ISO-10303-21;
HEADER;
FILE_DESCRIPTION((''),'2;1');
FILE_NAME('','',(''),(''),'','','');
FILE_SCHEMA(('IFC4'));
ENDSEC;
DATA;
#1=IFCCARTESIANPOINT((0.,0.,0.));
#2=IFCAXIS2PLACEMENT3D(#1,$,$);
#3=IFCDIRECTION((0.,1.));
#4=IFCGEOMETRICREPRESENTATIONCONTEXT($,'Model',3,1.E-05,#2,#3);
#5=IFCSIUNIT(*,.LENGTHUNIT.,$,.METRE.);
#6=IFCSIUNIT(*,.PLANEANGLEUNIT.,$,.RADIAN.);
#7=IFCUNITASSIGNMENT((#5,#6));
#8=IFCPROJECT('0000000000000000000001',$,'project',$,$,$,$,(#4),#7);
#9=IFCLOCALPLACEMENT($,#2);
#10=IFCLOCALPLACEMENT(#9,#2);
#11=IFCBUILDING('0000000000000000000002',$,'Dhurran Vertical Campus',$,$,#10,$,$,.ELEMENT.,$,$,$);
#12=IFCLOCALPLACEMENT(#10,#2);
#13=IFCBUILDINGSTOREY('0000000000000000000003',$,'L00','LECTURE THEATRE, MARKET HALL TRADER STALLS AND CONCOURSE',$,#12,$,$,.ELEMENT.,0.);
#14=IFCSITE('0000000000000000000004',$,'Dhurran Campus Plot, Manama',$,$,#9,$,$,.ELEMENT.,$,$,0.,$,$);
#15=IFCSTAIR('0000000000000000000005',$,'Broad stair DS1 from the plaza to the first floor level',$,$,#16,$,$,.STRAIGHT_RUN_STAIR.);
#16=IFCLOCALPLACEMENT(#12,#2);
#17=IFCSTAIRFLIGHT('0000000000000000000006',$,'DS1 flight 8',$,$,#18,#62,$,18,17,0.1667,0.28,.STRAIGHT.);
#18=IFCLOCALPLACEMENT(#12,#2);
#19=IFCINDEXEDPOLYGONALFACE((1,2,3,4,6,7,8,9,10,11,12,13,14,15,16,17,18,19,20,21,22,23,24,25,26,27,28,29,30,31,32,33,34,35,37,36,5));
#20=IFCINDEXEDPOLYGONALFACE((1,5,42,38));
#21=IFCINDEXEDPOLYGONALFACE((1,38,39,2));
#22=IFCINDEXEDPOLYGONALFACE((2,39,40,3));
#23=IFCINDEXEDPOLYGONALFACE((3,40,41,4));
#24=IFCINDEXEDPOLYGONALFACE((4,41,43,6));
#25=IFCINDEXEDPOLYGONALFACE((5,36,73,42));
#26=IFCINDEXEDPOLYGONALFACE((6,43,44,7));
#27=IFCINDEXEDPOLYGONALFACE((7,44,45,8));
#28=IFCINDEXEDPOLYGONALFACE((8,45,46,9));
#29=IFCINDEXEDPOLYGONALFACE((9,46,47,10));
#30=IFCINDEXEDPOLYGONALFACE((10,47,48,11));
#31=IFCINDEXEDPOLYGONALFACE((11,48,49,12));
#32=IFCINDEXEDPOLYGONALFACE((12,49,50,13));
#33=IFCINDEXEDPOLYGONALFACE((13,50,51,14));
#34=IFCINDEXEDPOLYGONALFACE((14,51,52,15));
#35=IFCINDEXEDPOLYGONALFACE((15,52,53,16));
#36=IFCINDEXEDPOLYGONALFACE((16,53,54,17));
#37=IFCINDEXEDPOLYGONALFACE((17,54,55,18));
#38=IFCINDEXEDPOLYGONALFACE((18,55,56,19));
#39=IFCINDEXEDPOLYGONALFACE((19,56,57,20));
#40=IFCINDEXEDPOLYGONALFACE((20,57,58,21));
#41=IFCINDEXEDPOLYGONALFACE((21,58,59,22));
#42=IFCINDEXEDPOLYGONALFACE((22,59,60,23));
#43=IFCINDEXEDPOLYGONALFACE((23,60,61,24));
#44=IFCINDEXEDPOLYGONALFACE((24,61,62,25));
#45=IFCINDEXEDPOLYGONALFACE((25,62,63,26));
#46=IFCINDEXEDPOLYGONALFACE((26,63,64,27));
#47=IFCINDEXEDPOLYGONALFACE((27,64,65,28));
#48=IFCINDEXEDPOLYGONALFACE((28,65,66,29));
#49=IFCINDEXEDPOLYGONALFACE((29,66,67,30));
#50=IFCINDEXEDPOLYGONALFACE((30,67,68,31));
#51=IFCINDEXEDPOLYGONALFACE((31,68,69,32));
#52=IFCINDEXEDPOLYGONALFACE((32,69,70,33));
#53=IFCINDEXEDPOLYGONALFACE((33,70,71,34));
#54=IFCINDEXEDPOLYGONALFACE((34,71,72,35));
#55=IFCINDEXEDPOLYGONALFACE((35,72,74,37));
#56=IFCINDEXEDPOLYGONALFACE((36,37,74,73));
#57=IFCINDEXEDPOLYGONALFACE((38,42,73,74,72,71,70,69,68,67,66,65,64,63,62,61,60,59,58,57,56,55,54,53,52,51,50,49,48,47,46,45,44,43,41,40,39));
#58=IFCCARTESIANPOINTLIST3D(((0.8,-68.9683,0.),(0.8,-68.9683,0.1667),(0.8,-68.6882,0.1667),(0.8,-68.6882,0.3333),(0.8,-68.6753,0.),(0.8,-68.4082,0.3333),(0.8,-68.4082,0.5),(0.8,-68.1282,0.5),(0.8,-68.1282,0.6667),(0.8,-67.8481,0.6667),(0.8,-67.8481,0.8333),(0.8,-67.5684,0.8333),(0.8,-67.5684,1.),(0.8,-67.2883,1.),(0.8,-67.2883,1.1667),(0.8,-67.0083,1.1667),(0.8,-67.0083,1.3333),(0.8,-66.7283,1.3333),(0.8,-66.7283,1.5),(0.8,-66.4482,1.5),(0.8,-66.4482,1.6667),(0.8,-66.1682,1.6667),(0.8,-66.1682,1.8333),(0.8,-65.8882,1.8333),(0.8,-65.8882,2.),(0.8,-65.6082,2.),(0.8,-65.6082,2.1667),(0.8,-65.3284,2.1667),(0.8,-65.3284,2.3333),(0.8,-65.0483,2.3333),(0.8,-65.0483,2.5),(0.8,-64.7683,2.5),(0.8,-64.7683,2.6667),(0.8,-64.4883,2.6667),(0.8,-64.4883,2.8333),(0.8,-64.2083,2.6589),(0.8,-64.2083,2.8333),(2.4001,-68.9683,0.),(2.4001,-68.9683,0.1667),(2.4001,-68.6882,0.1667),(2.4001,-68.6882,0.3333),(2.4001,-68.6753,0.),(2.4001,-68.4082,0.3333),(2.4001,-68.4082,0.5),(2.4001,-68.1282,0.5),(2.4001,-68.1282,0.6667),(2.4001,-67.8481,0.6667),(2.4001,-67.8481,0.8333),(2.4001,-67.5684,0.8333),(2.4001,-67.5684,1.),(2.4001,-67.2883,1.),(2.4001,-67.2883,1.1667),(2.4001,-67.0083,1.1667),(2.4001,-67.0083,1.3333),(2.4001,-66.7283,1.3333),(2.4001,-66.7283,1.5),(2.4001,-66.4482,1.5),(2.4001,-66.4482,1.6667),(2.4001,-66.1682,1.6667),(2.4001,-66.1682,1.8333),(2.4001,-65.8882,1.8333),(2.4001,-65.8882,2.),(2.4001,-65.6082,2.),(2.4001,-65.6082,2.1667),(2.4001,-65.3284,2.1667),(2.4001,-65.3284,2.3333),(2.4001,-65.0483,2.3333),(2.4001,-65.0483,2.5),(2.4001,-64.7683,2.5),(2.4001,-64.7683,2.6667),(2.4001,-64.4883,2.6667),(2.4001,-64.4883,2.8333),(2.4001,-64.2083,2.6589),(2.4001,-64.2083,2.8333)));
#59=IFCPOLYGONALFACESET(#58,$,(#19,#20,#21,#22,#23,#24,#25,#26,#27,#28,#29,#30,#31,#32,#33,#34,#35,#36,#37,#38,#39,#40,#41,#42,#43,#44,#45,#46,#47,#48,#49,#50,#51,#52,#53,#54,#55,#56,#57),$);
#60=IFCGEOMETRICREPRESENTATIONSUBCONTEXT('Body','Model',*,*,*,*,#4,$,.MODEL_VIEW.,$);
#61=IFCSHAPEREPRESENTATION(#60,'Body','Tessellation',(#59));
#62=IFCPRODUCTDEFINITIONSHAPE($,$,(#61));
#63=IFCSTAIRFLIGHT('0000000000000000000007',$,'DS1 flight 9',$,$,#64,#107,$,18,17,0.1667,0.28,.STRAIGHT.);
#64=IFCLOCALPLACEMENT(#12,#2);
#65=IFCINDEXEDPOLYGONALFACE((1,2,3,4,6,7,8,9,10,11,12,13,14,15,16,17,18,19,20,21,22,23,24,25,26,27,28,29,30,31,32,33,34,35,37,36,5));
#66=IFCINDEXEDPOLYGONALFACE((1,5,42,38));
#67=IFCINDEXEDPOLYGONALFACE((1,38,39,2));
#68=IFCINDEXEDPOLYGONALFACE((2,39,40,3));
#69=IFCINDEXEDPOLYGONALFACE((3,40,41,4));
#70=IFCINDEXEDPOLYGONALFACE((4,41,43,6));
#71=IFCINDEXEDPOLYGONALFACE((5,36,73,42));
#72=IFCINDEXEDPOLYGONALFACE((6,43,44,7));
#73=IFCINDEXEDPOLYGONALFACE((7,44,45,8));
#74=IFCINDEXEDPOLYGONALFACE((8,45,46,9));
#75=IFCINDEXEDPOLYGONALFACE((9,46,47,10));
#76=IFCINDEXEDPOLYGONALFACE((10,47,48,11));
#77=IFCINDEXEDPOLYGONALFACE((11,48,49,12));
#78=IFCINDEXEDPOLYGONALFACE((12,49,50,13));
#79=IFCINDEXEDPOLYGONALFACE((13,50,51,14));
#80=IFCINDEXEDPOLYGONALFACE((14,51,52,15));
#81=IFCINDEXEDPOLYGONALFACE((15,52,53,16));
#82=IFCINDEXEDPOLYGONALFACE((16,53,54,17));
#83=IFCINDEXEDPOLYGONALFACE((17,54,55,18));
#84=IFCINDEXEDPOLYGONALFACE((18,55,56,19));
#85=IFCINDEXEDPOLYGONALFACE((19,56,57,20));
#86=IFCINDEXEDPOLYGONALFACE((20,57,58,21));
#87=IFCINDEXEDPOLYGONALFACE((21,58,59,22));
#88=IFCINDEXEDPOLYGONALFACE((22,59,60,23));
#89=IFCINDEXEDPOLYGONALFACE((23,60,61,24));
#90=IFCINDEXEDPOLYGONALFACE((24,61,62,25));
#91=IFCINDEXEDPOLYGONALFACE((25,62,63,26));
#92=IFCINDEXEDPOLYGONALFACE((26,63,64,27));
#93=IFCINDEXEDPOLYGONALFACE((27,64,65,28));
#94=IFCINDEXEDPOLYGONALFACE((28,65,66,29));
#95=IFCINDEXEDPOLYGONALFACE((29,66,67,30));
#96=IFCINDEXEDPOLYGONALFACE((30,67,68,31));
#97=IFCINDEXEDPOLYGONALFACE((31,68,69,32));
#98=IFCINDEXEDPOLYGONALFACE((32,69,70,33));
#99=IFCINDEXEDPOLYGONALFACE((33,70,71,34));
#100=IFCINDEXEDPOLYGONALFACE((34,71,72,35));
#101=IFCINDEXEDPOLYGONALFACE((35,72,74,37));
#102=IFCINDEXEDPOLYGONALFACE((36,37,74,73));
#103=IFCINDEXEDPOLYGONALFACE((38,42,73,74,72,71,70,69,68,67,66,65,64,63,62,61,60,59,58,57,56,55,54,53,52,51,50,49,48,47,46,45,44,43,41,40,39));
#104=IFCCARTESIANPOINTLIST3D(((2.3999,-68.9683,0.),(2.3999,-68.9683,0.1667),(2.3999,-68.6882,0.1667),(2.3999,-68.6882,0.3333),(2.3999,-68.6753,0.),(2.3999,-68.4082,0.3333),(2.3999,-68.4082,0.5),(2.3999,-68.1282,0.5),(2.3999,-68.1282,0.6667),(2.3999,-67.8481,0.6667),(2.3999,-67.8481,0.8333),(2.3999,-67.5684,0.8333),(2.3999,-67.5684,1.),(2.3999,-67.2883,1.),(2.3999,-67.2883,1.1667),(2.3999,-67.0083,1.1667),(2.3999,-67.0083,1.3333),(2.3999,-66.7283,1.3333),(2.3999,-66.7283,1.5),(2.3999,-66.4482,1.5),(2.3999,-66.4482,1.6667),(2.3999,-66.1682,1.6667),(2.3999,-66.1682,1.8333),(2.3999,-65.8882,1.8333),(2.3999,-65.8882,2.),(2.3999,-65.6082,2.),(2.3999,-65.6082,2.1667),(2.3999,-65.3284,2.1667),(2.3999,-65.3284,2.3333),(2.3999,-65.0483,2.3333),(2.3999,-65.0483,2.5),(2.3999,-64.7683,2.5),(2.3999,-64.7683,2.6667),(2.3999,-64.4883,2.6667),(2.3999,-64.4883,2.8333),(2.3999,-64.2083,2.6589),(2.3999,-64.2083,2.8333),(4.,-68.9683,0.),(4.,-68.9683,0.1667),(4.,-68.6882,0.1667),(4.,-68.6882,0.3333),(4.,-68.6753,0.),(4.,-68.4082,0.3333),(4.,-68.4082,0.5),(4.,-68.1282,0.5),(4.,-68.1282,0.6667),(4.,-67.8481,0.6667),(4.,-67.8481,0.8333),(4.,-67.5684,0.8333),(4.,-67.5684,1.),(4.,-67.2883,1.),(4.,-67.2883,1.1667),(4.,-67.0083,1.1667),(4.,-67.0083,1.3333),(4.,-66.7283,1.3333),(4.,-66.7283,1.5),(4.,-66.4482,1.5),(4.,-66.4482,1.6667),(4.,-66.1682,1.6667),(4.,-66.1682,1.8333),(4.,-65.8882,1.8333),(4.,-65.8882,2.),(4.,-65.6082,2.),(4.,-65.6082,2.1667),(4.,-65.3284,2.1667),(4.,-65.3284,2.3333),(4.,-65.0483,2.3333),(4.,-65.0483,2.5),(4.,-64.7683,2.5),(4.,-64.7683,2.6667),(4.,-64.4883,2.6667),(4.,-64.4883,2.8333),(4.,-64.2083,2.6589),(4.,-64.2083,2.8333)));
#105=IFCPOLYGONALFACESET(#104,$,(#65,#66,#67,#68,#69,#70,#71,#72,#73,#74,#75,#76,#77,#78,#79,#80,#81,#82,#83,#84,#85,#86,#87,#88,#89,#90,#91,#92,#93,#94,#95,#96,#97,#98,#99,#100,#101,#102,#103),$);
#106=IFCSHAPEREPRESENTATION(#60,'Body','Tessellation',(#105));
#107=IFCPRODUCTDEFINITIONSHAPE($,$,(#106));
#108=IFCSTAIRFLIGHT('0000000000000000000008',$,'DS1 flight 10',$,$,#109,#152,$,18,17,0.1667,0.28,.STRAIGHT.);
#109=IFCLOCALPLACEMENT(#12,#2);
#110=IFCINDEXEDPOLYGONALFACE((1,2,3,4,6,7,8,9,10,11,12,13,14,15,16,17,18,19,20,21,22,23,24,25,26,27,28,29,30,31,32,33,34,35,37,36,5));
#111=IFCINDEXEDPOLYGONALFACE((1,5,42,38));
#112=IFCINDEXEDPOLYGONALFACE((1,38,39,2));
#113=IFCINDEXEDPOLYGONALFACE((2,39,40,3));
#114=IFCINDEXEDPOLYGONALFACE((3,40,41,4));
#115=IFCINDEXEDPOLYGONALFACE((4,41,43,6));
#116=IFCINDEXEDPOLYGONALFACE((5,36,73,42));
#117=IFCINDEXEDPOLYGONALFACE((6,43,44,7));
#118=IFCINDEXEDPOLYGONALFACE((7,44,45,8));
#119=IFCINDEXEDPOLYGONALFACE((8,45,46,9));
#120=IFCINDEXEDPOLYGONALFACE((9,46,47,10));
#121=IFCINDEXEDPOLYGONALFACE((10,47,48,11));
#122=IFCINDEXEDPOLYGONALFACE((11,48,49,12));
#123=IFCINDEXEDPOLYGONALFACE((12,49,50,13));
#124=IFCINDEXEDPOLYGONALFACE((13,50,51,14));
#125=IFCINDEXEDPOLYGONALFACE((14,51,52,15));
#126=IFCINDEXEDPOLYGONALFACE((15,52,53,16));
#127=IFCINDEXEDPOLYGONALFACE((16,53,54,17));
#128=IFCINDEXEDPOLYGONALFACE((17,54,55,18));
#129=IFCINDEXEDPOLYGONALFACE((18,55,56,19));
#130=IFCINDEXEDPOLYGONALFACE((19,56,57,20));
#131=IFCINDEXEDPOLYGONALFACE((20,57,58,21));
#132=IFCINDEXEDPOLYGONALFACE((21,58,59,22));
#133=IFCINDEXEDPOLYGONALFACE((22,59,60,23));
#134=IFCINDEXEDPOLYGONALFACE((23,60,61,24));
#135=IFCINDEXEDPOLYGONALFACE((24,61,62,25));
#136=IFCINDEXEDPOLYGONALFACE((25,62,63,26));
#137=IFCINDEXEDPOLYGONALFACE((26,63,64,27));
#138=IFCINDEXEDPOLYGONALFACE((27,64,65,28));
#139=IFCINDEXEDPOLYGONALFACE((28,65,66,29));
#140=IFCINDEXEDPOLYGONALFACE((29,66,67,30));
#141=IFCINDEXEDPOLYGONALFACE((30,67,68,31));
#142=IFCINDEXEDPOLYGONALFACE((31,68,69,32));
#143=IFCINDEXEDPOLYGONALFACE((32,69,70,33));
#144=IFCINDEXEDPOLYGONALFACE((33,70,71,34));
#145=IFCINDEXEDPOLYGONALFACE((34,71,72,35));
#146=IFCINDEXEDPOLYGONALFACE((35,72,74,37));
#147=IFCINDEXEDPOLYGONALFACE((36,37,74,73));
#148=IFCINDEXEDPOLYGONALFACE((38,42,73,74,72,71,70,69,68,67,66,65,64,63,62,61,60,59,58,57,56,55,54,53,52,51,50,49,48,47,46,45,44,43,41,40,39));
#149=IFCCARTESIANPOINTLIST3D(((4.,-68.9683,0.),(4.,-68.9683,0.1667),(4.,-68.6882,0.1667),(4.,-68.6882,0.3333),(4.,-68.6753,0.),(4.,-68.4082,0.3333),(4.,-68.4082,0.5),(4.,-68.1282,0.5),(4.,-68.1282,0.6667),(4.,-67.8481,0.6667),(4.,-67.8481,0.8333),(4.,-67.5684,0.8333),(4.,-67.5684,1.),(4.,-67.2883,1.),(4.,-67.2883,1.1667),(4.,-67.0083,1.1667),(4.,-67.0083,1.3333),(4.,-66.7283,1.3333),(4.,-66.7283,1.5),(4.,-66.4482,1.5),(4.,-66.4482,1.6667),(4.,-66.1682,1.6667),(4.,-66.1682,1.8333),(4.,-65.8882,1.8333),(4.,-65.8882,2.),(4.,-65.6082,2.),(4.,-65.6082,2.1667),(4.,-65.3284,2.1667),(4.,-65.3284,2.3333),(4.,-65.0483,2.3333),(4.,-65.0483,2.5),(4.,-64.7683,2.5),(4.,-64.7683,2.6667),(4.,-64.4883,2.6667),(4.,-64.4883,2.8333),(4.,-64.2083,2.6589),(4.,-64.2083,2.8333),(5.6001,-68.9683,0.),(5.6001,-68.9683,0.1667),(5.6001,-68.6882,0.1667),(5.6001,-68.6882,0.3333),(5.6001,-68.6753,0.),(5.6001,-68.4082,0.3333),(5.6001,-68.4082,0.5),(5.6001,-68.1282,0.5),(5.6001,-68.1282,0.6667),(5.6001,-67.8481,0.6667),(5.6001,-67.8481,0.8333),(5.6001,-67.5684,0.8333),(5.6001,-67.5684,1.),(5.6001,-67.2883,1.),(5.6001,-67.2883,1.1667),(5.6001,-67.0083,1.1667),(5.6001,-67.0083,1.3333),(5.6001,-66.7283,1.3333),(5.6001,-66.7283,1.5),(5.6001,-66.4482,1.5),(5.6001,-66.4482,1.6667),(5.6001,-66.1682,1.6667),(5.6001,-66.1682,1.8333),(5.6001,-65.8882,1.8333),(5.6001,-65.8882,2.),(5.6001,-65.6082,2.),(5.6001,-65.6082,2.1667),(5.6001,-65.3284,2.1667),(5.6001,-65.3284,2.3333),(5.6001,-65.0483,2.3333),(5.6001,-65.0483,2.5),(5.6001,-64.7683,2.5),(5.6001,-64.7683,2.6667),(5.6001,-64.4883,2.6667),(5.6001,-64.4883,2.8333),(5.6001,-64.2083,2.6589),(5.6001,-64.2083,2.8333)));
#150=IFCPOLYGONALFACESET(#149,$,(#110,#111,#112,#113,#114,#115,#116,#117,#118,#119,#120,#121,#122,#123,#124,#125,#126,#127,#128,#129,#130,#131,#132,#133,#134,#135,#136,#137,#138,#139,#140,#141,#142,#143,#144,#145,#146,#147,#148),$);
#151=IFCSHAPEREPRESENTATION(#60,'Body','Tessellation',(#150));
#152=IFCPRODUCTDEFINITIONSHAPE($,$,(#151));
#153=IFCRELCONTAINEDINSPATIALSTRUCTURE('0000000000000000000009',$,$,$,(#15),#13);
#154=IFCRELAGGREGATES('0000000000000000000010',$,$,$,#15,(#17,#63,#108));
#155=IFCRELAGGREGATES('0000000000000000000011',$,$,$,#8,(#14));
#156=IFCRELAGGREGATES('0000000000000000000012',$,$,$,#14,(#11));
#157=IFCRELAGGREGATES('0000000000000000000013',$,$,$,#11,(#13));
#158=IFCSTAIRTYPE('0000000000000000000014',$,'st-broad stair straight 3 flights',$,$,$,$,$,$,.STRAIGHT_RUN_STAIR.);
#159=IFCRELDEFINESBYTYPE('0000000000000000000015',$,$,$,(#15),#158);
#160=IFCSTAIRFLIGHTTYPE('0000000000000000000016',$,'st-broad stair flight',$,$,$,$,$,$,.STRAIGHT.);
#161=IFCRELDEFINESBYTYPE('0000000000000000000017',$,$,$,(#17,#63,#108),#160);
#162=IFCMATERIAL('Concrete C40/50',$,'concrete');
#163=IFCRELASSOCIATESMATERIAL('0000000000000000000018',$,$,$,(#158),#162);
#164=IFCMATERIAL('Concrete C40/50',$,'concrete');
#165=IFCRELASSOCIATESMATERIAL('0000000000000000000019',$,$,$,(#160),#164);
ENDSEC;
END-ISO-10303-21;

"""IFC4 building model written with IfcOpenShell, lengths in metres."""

from ifc_helpers import new_model, si_unit, direction, frame, origin, place, context, subcontext, project, spatial, polyline, outline, extrude, material, type_object, element, aggregate, save


model = new_model("IFC4")

# Units and contexts
model_context = context("Model", 3, precision=1e-05, world=origin(), true_north=direction((0.0, 1.0)))
body_context = subcontext(model_context, "Body", "Model", "MODEL_VIEW")
ifc_project = project(units=[si_unit("LENGTHUNIT", "METRE"), si_unit("PLANEANGLEUNIT", "RADIAN")], contexts=[model_context])

# Site, building, storey
site_placement = place(None, origin())
site = spatial("IfcSite", under=ifc_project, at=site_placement, Name="Dhurran Campus Plot, Manama", CompositionType="ELEMENT", RefElevation=0.0)
building_placement = place(site_placement, origin())
building = spatial("IfcBuilding", under=site, at=building_placement, Name="Dhurran Vertical Campus", CompositionType="ELEMENT")
storey_placement = place(building_placement, origin())
storey = spatial("IfcBuildingStorey", under=building, at=storey_placement, Name="L00", Description="LECTURE THEATRE, MARKET HALL TRADER STALLS AND CONCOURSE", CompositionType="ELEMENT", Elevation=0.0)

# Stair, stair flights
ifc_material_1 = material(Name="Concrete C40/50", Category="concrete")
stair_type = type_object("IfcStairType", Name="st-broad stair straight 3 flights", PredefinedType="STRAIGHT_RUN_STAIR", material=ifc_material_1)
stair_placement = place(storey_placement, origin())
stair = element("IfcStair", 1, at=stair_placement, inside=storey, type_object=stair_type, Name="Broad stair DS1 from the plaza to the first floor level", PredefinedType="STRAIGHT_RUN_STAIR")
ifc_material_2 = material(Name="Concrete C40/50", Category="concrete")
stair_flight_type = type_object("IfcStairFlightType", Name="st-broad stair flight", PredefinedType="STRAIGHT", material=ifc_material_2)
stair_flight_1_placement = place(storey_placement, frame((1.6001, -68.9683, 0.0), z_axis=(0.0, 0.0, 1.0), x_axis=(0.0, 1.0, 0.0)))
stair_flight_1 = element("IfcStairFlight", 2, at=stair_flight_1_placement, type_object=stair_flight_type, Name="DS1 flight 8", NumberOfRisers=18, NumberOfTreads=17, PredefinedType="STRAIGHT", RiserHeight=0.1667, TreadLength=0.28, context=body_context, shape_type="SweptSolid", body=[
    extrude(outline(polyline([(0.0, 0.0), (0.0, 0.1667), (0.28, 0.1667), (0.28, 0.3333), (0.5601, 0.3333), (0.5601, 0.5), (0.8401, 0.5), (0.8401, 0.6667), (1.1201, 0.6667), (1.1201, 0.8333), (1.3999, 0.8333), (1.3999, 1.0), (1.6799, 1.0), (1.6799, 1.1667), (1.96, 1.1667), (1.96, 1.3333), (2.24, 1.3333), (2.24, 1.5), (2.52, 1.5), (2.52, 1.6667), (2.8, 1.6667), (2.8, 1.8333), (3.0801, 1.8333), (3.0801, 2.0), (3.3601, 2.0), (3.3601, 2.1667), (3.6399, 2.1667), (3.6399, 2.3333), (3.9199, 2.3333), (3.9199, 2.5), (4.2, 2.5), (4.2, 2.6667), (4.48, 2.6667), (4.48, 2.8333), (4.76, 2.8333), (4.76, 3.0), (4.76, 2.6589), (0.293, 0.0), (0.0, 0.0)])), frame((0.0, 0.8, 0.0), z_axis=(0.0, -1.0, 0.0), x_axis=(1.0, 0.0, 0.0)), (0.0, 0.0, 1.0), 1.6001),
])
stair_flight_2_placement = place(storey_placement, frame((3.2, -68.9683, 0.0), z_axis=(0.0, 0.0, 1.0), x_axis=(0.0, 1.0, 0.0)))
stair_flight_2 = element("IfcStairFlight", 3, at=stair_flight_2_placement, type_object=stair_flight_type, Name="DS1 flight 9", NumberOfRisers=18, NumberOfTreads=17, PredefinedType="STRAIGHT", RiserHeight=0.1667, TreadLength=0.28, context=body_context, shape_type="SweptSolid", body=[
    extrude(outline(polyline([(0.0, 0.0), (0.0, 0.1667), (0.28, 0.1667), (0.28, 0.3333), (0.5601, 0.3333), (0.5601, 0.5), (0.8401, 0.5), (0.8401, 0.6667), (1.1201, 0.6667), (1.1201, 0.8333), (1.3999, 0.8333), (1.3999, 1.0), (1.6799, 1.0), (1.6799, 1.1667), (1.96, 1.1667), (1.96, 1.3333), (2.24, 1.3333), (2.24, 1.5), (2.52, 1.5), (2.52, 1.6667), (2.8, 1.6667), (2.8, 1.8333), (3.0801, 1.8333), (3.0801, 2.0), (3.3601, 2.0), (3.3601, 2.1667), (3.6399, 2.1667), (3.6399, 2.3333), (3.9199, 2.3333), (3.9199, 2.5), (4.2, 2.5), (4.2, 2.6667), (4.48, 2.6667), (4.48, 2.8333), (4.76, 2.8333), (4.76, 3.0), (4.76, 2.6589), (0.293, 0.0), (0.0, 0.0)])), frame((0.0, 0.8, 0.0), z_axis=(0.0, -1.0, 0.0), x_axis=(1.0, 0.0, 0.0)), (0.0, 0.0, 1.0), 1.6001),
])
stair_flight_3_placement = place(storey_placement, frame((4.8, -68.9683, 0.0), z_axis=(0.0, 0.0, 1.0), x_axis=(0.0, 1.0, 0.0)))
stair_flight_3 = element("IfcStairFlight", 4, at=stair_flight_3_placement, type_object=stair_flight_type, Name="DS1 flight 10", NumberOfRisers=18, NumberOfTreads=17, PredefinedType="STRAIGHT", RiserHeight=0.1667, TreadLength=0.28, context=body_context, shape_type="SweptSolid", body=[
    extrude(outline(polyline([(0.0, 0.0), (0.0, 0.1667), (0.28, 0.1667), (0.28, 0.3333), (0.5601, 0.3333), (0.5601, 0.5), (0.8401, 0.5), (0.8401, 0.6667), (1.1201, 0.6667), (1.1201, 0.8333), (1.3999, 0.8333), (1.3999, 1.0), (1.6799, 1.0), (1.6799, 1.1667), (1.96, 1.1667), (1.96, 1.3333), (2.24, 1.3333), (2.24, 1.5), (2.52, 1.5), (2.52, 1.6667), (2.8, 1.6667), (2.8, 1.8333), (3.0801, 1.8333), (3.0801, 2.0), (3.3601, 2.0), (3.3601, 2.1667), (3.6399, 2.1667), (3.6399, 2.3333), (3.9199, 2.3333), (3.9199, 2.5), (4.2, 2.5), (4.2, 2.6667), (4.48, 2.6667), (4.48, 2.8333), (4.76, 2.8333), (4.76, 3.0), (4.76, 2.6589), (0.293, 0.0), (0.0, 0.0)])), frame((0.0, 0.8, 0.0), z_axis=(0.0, -1.0, 0.0), x_axis=(1.0, 0.0, 0.0)), (0.0, 0.0, 1.0), 1.6001),
])
aggregate(stair, [stair_flight_1, stair_flight_2, stair_flight_3])

save(model, "model.ifc")
